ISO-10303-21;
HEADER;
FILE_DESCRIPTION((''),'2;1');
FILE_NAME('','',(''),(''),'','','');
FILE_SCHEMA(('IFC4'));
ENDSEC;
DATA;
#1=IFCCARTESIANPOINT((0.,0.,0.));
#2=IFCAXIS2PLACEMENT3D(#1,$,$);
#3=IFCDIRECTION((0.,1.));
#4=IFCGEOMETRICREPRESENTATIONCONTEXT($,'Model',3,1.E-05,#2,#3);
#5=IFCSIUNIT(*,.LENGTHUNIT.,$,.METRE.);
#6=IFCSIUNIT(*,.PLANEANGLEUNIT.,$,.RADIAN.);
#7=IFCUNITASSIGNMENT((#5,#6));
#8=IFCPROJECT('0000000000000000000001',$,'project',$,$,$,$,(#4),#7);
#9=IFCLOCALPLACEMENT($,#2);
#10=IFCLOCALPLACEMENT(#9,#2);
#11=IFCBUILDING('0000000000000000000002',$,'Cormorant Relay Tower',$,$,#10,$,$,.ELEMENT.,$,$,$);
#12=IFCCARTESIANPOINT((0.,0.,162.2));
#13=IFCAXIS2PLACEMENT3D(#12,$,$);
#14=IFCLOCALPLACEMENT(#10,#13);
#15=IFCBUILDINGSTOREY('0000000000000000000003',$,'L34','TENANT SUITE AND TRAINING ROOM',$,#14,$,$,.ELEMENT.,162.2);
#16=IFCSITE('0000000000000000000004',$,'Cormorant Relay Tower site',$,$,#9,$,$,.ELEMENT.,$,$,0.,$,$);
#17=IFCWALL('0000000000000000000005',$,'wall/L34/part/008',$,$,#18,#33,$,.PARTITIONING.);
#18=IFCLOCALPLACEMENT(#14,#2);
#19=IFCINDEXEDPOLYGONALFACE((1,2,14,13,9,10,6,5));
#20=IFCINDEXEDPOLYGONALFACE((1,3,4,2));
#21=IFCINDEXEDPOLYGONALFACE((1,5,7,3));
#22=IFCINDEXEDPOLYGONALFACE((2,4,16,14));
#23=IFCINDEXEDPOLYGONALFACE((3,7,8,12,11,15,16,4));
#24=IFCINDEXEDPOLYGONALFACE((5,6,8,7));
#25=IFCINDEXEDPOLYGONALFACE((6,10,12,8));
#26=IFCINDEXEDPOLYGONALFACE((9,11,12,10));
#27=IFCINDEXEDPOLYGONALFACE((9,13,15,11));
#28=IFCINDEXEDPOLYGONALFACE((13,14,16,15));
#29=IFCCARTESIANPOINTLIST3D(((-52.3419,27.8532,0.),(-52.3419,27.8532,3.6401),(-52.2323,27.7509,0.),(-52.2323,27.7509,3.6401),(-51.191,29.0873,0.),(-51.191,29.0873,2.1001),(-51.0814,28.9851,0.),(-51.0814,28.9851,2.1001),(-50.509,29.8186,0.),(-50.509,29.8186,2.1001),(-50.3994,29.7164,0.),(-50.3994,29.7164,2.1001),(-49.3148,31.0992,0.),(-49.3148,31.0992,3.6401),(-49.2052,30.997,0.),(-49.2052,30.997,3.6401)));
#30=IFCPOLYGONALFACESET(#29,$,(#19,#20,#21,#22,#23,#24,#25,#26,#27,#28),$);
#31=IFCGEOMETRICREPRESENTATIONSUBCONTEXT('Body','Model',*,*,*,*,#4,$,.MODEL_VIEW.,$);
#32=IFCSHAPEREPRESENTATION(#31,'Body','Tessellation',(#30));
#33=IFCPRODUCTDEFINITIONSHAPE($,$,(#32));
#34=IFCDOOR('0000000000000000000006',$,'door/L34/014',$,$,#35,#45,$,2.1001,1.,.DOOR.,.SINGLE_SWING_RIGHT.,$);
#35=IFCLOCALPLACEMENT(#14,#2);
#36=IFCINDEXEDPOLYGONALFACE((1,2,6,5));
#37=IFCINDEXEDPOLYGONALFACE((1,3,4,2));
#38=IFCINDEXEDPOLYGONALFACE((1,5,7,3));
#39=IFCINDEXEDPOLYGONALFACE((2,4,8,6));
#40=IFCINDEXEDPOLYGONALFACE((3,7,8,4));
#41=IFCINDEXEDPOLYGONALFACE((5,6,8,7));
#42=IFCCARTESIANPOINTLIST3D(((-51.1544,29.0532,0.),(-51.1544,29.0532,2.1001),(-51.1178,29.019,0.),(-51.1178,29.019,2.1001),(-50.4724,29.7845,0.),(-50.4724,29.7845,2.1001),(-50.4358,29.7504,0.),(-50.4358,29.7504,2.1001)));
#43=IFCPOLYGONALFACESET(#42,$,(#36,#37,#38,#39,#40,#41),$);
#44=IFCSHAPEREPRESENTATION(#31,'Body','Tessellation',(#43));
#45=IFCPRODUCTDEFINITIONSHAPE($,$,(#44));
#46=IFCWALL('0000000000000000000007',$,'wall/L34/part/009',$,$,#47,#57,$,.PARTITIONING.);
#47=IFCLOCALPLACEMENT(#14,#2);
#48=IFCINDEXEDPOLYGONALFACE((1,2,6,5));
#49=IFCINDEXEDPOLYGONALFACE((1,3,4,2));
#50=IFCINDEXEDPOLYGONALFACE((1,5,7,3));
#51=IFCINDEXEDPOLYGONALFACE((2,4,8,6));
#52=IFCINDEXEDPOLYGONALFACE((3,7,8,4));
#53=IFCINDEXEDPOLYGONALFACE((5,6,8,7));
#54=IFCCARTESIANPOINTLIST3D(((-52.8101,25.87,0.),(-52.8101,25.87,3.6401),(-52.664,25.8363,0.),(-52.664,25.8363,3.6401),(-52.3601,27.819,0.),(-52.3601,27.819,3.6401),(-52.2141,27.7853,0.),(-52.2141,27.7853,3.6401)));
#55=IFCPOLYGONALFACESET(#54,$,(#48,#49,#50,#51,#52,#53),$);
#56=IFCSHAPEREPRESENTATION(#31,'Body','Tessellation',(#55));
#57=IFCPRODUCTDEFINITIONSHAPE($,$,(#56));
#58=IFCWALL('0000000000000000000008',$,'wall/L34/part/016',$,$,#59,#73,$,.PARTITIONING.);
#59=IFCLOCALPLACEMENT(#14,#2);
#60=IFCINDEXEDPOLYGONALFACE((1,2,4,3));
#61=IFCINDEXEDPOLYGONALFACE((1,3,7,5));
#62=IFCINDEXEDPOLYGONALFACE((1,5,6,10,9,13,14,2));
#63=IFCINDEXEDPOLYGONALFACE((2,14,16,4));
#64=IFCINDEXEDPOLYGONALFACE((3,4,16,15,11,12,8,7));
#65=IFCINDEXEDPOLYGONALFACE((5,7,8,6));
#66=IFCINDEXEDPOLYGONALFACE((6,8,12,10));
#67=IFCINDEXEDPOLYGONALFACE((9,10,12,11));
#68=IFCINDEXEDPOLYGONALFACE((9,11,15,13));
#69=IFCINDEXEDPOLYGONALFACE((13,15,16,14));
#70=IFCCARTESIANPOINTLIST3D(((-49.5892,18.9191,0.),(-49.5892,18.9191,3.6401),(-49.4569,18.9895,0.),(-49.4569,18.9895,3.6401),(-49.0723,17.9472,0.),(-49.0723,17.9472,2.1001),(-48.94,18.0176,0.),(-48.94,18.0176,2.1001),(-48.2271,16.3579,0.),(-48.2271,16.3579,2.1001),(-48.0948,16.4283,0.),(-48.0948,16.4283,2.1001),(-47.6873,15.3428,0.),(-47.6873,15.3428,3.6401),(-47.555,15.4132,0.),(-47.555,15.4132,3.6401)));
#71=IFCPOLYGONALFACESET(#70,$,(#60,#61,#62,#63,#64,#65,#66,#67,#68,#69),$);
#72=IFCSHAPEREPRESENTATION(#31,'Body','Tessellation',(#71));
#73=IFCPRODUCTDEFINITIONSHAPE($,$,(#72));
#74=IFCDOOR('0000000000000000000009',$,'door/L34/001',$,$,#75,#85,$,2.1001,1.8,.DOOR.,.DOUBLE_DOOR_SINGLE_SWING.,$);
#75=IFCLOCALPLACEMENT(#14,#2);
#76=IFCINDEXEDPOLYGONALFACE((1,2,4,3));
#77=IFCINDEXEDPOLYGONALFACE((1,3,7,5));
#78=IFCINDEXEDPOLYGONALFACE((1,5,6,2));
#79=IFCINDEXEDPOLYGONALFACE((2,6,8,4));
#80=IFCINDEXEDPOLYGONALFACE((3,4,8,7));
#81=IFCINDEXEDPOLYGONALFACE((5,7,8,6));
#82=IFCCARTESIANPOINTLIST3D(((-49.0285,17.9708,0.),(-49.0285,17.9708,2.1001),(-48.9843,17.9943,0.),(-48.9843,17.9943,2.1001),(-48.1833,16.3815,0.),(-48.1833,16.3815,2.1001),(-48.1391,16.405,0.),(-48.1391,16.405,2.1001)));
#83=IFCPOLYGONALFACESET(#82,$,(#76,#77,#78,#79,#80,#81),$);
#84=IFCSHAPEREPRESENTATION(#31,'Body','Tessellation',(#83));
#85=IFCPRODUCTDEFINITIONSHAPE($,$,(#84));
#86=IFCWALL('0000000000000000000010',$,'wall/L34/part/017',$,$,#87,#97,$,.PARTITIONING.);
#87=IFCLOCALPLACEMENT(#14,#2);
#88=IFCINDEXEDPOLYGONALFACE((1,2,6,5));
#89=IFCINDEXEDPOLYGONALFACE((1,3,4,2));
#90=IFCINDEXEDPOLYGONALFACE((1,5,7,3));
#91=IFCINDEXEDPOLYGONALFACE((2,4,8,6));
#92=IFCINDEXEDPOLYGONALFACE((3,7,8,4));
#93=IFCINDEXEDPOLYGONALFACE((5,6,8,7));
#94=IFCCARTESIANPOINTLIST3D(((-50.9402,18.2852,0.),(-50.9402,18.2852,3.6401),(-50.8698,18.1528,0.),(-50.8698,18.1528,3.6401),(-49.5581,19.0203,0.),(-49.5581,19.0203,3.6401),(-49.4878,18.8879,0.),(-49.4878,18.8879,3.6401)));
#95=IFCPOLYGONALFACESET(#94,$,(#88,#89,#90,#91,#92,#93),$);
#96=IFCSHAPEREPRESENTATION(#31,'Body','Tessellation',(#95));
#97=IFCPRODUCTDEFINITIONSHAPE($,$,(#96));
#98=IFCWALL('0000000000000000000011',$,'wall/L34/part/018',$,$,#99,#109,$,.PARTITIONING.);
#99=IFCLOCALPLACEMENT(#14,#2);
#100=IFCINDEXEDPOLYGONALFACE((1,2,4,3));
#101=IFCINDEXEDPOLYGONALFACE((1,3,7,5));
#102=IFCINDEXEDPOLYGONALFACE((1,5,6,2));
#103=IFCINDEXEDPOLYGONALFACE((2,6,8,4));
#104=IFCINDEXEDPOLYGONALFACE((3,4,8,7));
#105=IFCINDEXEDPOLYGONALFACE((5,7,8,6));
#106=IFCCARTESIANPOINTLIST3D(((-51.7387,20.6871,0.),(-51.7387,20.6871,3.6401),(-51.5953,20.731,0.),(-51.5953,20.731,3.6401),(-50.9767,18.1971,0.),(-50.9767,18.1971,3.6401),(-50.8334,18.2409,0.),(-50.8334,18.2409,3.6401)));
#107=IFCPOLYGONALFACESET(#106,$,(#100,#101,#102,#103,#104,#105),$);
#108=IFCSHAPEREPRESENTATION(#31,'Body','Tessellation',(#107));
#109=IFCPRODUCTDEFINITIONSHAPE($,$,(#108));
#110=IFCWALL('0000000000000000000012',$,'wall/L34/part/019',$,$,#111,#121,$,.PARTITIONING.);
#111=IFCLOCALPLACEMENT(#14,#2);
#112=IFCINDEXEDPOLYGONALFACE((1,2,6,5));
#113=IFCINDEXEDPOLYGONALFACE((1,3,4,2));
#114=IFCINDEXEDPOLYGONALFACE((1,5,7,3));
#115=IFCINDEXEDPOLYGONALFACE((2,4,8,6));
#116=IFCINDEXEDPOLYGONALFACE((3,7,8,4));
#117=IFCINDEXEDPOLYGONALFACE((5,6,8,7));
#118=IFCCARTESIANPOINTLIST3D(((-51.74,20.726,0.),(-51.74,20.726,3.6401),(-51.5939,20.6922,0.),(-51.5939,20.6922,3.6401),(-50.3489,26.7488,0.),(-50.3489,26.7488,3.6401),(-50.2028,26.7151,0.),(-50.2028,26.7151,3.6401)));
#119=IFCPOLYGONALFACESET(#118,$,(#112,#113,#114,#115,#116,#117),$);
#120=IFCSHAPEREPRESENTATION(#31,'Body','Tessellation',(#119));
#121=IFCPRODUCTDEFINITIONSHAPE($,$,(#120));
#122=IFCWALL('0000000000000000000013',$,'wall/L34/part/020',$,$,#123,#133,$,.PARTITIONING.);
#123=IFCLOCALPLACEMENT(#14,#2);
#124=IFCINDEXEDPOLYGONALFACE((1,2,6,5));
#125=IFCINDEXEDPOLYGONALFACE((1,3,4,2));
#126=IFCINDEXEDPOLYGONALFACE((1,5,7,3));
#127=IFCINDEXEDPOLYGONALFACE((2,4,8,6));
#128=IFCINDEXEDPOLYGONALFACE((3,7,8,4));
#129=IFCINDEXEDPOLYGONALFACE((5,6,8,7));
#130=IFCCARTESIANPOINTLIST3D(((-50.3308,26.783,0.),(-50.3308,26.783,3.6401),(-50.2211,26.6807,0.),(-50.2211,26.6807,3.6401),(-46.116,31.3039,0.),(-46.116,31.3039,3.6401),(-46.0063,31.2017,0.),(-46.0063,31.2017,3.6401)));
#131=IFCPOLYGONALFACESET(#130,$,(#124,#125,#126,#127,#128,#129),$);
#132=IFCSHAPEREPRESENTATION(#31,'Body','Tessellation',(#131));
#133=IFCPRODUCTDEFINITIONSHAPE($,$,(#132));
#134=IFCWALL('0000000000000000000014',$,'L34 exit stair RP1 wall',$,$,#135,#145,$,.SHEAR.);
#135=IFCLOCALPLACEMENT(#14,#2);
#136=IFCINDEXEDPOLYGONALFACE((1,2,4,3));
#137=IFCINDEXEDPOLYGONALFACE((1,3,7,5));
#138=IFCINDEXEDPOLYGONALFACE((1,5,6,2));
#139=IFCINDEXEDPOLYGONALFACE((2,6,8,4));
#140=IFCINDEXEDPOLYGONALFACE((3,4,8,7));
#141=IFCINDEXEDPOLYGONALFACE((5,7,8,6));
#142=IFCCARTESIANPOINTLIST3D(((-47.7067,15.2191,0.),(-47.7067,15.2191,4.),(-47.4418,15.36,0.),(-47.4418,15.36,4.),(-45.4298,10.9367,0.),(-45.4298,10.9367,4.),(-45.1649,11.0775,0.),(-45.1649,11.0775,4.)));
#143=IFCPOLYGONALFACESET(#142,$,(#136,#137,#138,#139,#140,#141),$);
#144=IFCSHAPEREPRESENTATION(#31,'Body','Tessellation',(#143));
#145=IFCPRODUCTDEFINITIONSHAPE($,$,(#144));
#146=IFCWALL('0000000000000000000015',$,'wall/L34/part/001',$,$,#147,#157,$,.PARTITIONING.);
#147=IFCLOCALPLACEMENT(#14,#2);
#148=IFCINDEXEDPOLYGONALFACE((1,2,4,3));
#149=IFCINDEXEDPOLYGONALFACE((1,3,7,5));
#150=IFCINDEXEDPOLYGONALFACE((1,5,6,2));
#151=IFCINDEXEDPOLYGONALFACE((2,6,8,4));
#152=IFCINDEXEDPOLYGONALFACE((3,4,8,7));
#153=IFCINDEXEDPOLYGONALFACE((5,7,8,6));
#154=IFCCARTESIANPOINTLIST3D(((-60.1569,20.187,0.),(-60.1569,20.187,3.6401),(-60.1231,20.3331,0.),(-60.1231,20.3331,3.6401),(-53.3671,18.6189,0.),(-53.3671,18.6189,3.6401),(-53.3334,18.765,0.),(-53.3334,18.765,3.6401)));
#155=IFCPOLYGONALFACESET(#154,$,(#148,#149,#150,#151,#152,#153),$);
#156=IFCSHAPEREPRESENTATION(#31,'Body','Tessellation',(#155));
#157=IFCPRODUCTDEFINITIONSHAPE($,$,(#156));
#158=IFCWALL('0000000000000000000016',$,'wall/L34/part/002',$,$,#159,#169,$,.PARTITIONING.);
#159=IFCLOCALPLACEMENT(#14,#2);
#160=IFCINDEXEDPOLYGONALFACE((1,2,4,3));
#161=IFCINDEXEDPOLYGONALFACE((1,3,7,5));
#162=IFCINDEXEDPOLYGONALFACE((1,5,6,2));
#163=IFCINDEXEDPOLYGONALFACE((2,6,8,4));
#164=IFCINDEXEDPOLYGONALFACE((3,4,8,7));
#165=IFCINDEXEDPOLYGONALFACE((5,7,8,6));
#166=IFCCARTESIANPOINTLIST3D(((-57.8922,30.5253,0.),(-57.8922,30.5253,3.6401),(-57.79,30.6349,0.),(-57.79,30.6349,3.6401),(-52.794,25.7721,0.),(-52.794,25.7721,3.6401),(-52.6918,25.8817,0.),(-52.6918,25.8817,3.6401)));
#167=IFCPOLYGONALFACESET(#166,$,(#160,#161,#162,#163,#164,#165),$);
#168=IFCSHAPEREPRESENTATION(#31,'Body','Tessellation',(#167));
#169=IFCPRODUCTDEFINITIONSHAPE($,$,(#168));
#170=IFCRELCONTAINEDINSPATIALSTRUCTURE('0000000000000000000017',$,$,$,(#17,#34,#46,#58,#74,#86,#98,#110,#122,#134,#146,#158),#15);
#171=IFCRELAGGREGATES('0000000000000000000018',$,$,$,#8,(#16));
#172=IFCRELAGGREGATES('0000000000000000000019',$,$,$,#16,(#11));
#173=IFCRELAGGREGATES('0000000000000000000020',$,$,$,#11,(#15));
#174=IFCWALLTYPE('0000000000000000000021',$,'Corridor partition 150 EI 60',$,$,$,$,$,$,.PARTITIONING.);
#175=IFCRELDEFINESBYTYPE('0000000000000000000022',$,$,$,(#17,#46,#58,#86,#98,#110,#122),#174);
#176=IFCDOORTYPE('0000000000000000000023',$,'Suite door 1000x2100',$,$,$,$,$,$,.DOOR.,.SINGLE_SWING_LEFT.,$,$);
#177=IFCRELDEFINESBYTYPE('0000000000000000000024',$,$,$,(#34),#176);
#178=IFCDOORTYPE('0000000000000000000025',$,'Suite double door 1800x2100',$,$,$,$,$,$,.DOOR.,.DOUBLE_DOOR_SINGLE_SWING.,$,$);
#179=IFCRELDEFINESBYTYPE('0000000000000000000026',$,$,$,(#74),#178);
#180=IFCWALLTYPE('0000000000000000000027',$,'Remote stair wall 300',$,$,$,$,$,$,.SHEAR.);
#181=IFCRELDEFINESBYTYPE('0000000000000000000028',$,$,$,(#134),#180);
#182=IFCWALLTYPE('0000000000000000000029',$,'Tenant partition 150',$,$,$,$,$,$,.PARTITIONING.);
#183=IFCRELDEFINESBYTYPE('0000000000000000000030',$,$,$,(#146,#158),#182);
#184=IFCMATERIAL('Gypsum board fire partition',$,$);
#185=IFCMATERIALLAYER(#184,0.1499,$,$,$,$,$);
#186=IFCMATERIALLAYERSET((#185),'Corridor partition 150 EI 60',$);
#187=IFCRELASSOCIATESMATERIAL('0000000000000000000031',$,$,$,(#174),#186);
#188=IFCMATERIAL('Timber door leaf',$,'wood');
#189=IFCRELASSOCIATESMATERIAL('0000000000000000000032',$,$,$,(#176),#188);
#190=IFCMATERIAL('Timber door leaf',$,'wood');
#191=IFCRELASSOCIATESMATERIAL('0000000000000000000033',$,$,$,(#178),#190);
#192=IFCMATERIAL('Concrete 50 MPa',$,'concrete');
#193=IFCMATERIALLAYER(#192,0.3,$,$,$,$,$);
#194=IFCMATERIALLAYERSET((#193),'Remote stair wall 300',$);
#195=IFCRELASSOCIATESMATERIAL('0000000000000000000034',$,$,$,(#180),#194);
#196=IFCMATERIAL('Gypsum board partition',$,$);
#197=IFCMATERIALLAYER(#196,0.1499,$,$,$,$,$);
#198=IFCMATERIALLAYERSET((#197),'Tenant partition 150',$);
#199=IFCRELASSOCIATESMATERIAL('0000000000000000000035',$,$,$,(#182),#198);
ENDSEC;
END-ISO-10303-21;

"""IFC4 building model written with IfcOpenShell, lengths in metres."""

from ifc_helpers import new_model, si_unit, direction, frame, frame_2d, origin, place, context, subcontext, project, spatial, rectangle, extrude, material, layer, layer_set, type_object, element, fill, save


model = new_model("IFC4")

# Units and contexts
model_context = context("Model", 3, precision=1e-05, world=origin(), true_north=direction((0.0, 1.0)))
body_context = subcontext(model_context, "Body", "Model", "MODEL_VIEW")
ifc_project = project(units=[si_unit("LENGTHUNIT", "METRE"), si_unit("PLANEANGLEUNIT", "RADIAN")], contexts=[model_context])

# Site, building, storey
site_placement = place(None, origin())
site = spatial("IfcSite", under=ifc_project, at=site_placement, Name="Cormorant Relay Tower site", CompositionType="ELEMENT", RefElevation=0.0)
building_placement = place(site_placement, origin())
building = spatial("IfcBuilding", under=site, at=building_placement, Name="Cormorant Relay Tower", CompositionType="ELEMENT")
storey_placement = place(building_placement, frame((0.0, 0.0, 162.2)))
storey = spatial("IfcBuildingStorey", under=building, at=storey_placement, Name="L34", Description="TENANT SUITE AND TRAINING ROOM", CompositionType="ELEMENT", Elevation=162.2)

# Shared definitions
ifc_material_1 = material(Name="Gypsum board fire partition")
ifc_layer_1 = layer(ifc_material_1, 0.1499)
ifc_layer_set_1 = layer_set([ifc_layer_1], Name="Corridor partition 150 EI 60")
wall_type_1 = type_object("IfcWallType", Name="Corridor partition 150 EI 60", PredefinedType="PARTITIONING", material=ifc_layer_set_1)
ifc_material_2 = material(Name="Timber door leaf", Category="wood")
door_type_1 = type_object("IfcDoorType", Name="Suite door 1000x2100", OperationType="SINGLE_SWING_LEFT", PredefinedType="DOOR", material=ifc_material_2)

# Wall, opening, door
wall_1_placement = place(storey_placement, frame((-49.26, 31.0481, 0.0), z_axis=(0.0, 0.0, 1.0), x_axis=(-0.682007, -0.731346, 0.0)))
wall_1 = element("IfcWall", 1, at=wall_1_placement, inside=storey, type_object=wall_type_1, Name="wall/L34/part/008", PredefinedType="PARTITIONING", context=body_context, shape_type="SweptSolid", body=[
    extrude(rectangle(XDim=4.4385, YDim=0.1499, at=frame_2d((2.2192, 0.0))), origin(), (0.0, 0.0, 1.0), 3.6401),
])
opening_1_placement = place(wall_1_placement, frame((1.751, 0.0, 0.0)))
opening_1 = element("IfcOpeningElement", 2, at=opening_1_placement, cuts=wall_1, PredefinedType="OPENING", context=body_context, shape_type="SweptSolid", body=[
    extrude(rectangle(XDim=1.0, YDim=2.1001, at=frame_2d((0.5, 1.05))), frame((0.0, 0.085, 0.0), z_axis=(0.0, -1.0, 0.0), x_axis=(1.0, 0.0, 0.0)), (0.0, 0.0, 1.0), 0.1699),
])
door_1_placement = place(opening_1_placement, frame((1.0, 0.0, 0.0), z_axis=(0.0, 0.0, 1.0), x_axis=(-1.0, 0.0, 0.0)))
door_1 = element("IfcDoor", 3, at=door_1_placement, inside=storey, type_object=door_type_1, Name="door/L34/014", OperationType="SINGLE_SWING_RIGHT", OverallHeight=2.1001, OverallWidth=1.0, PredefinedType="DOOR", context=body_context, shape_type="SweptSolid", body=[
    extrude(rectangle(XDim=1.0, YDim=2.1001, at=frame_2d((0.5, 1.05))), frame((0.0, 0.0249, 0.0), z_axis=(0.0, -1.0, 0.0), x_axis=(1.0, 0.0, 0.0)), (0.0, 0.0, 1.0), 0.05),
])
fill(opening_1, door_1)

# Wall
wall_2_placement = place(storey_placement, frame((-52.2871, 27.802, 0.0), z_axis=(0.0, 0.0, 1.0), x_axis=(-0.224949, -0.974371, 0.0)))
element("IfcWall", 4, at=wall_2_placement, inside=storey, type_object=wall_type_1, Name="wall/L34/part/009", PredefinedType="PARTITIONING", context=body_context, shape_type="SweptSolid", body=[
    extrude(rectangle(XDim=2.0002, YDim=0.1499, at=frame_2d((1.0, 0.0))), origin(), (0.0, 0.0, 1.0), 3.6401),
])

# Wall, opening, door
wall_3_placement = place(storey_placement, frame((-47.6211, 15.3779, 0.0), z_axis=(0.0, 0.0, 1.0), x_axis=(-0.469543, 0.88291, 0.0)))
wall_3 = element("IfcWall", 5, at=wall_3_placement, inside=storey, type_object=wall_type_1, Name="wall/L34/part/016", PredefinedType="PARTITIONING", context=body_context, shape_type="SweptSolid", body=[
    extrude(rectangle(XDim=4.0505, YDim=0.1499, at=frame_2d((2.0254, 0.0))), origin(), (0.0, 0.0, 1.0), 3.6401),
])
opening_2_placement = place(wall_3_placement, frame((1.1499, 0.0, 0.0)))
opening_2 = element("IfcOpeningElement", 6, at=opening_2_placement, cuts=wall_3, PredefinedType="OPENING", context=body_context, shape_type="SweptSolid", body=[
    extrude(rectangle(XDim=1.8, YDim=2.1001, at=frame_2d((0.8999, 1.05))), frame((0.0, 0.085, 0.0), z_axis=(0.0, -1.0, 0.0), x_axis=(1.0, 0.0, 0.0)), (0.0, 0.0, 1.0), 0.1699),
])
ifc_material_3 = material(Name="Timber door leaf", Category="wood")
door_type_2 = type_object("IfcDoorType", Name="Suite double door 1800x2100", OperationType="DOUBLE_DOOR_SINGLE_SWING", PredefinedType="DOOR", material=ifc_material_3)
door_2_placement = place(opening_2_placement, frame((1.8, 0.0, 0.0), z_axis=(0.0, 0.0, 1.0), x_axis=(-1.0, 0.0, 0.0)))
door_2 = element("IfcDoor", 7, at=door_2_placement, inside=storey, type_object=door_type_2, Name="door/L34/001", OperationType="DOUBLE_DOOR_SINGLE_SWING", OverallHeight=2.1001, OverallWidth=1.8, PredefinedType="DOOR", context=body_context, shape_type="SweptSolid", body=[
    extrude(rectangle(XDim=1.8, YDim=2.1001, at=frame_2d((0.8999, 1.05))), frame((0.0, 0.0249, 0.0), z_axis=(0.0, -1.0, 0.0), x_axis=(1.0, 0.0, 0.0)), (0.0, 0.0, 1.0), 0.05),
])
fill(opening_2, door_2)

# Walls
wall_4_placement = place(storey_placement, frame((-49.5229, 18.9541, 0.0), z_axis=(0.0, 0.0, 1.0), x_axis=(-0.882883, -0.469592, 0.0)))
element("IfcWall", 8, at=wall_4_placement, inside=storey, type_object=wall_type_1, Name="wall/L34/part/017", PredefinedType="PARTITIONING", context=body_context, shape_type="SweptSolid", body=[
    extrude(rectangle(XDim=1.5654, YDim=0.1499, at=frame_2d((0.7827, 0.0))), origin(), (0.0, 0.0, 1.0), 3.6401),
])
wall_5_placement = place(storey_placement, frame((-50.905, 18.219, 0.0), z_axis=(0.0, 0.0, 1.0), x_axis=(-0.292616, 0.95623, 0.0)))
element("IfcWall", 9, at=wall_5_placement, inside=storey, type_object=wall_type_1, Name="wall/L34/part/018", PredefinedType="PARTITIONING", context=body_context, shape_type="SweptSolid", body=[
    extrude(rectangle(XDim=2.604, YDim=0.1499, at=frame_2d((1.302, 0.0))), origin(), (0.0, 0.0, 1.0), 3.6401),
])
wall_6_placement = place(storey_placement, frame((-51.667, 20.709, 0.0), z_axis=(0.0, 0.0, 1.0), x_axis=(0.225044, 0.974349, 0.0)))
element("IfcWall", 10, at=wall_6_placement, inside=storey, type_object=wall_type_1, Name="wall/L34/part/019", PredefinedType="PARTITIONING", context=body_context, shape_type="SweptSolid", body=[
    extrude(rectangle(XDim=6.1814, YDim=0.1499, at=frame_2d((3.0908, 0.0))), origin(), (0.0, 0.0, 1.0), 3.6401),
])
wall_7_placement = place(storey_placement, frame((-50.2759, 26.7319, 0.0), z_axis=(0.0, 0.0, 1.0), x_axis=(0.681907, 0.731439, 0.0)))
element("IfcWall", 11, at=wall_7_placement, inside=storey, type_object=wall_type_1, Name="wall/L34/part/020", PredefinedType="PARTITIONING", context=body_context, shape_type="SweptSolid", body=[
    extrude(rectangle(XDim=6.1809, YDim=0.1499, at=frame_2d((3.0903, 0.0))), origin(), (0.0, 0.0, 1.0), 3.6401),
])
ifc_material_4 = material(Name="Concrete 50 MPa", Category="concrete")
ifc_layer_2 = layer(ifc_material_4, 0.3)
ifc_layer_set_2 = layer_set([ifc_layer_2], Name="Remote stair wall 300")
wall_type_2 = type_object("IfcWallType", Name="Remote stair wall 300", PredefinedType="SHEAR", material=ifc_layer_set_2)
wall_8_placement = place(storey_placement, frame((-47.5742, 15.2896, 0.0), z_axis=(0.0, 0.0, 1.0), x_axis=(0.469443, -0.882963, 0.0)))
element("IfcWall", 12, at=wall_8_placement, inside=storey, type_object=wall_type_2, Name="L34 exit stair RP1 wall", PredefinedType="SHEAR", context=body_context, shape_type="SweptSolid", body=[
    extrude(rectangle(XDim=4.8501, YDim=0.3, at=frame_2d((2.425, 0.0))), origin(), (0.0, 0.0, 1.0), 4.0),
])
ifc_material_5 = material(Name="Gypsum board partition")
ifc_layer_3 = layer(ifc_material_5, 0.1499)
ifc_layer_set_3 = layer_set([ifc_layer_3], Name="Tenant partition 150")
wall_type_3 = type_object("IfcWallType", Name="Tenant partition 150", PredefinedType="PARTITIONING", material=ifc_layer_set_3)
wall_9_placement = place(storey_placement, frame((-53.3501, 18.6919, 0.0), z_axis=(0.0, 0.0, 1.0), x_axis=(-0.974352, 0.225028, 0.0)))
element("IfcWall", 13, at=wall_9_placement, inside=storey, type_object=wall_type_3, Name="wall/L34/part/001", PredefinedType="PARTITIONING", context=body_context, shape_type="SweptSolid", body=[
    extrude(rectangle(XDim=6.9685, YDim=0.1499, at=frame_2d((3.4844, 0.0))), origin(), (0.0, 0.0, 1.0), 3.6401),
])
wall_10_placement = place(storey_placement, frame((-57.8411, 30.5801, 0.0), z_axis=(0.0, 0.0, 1.0), x_axis=(0.73142, -0.681928, 0.0)))
element("IfcWall", 14, at=wall_10_placement, inside=storey, type_object=wall_type_3, Name="wall/L34/part/002", PredefinedType="PARTITIONING", context=body_context, shape_type="SweptSolid", body=[
    extrude(rectangle(XDim=6.9702, YDim=0.1499, at=frame_2d((3.4851, 0.0))), origin(), (0.0, 0.0, 1.0), 3.6401),
])

save(model, "model.ifc")
